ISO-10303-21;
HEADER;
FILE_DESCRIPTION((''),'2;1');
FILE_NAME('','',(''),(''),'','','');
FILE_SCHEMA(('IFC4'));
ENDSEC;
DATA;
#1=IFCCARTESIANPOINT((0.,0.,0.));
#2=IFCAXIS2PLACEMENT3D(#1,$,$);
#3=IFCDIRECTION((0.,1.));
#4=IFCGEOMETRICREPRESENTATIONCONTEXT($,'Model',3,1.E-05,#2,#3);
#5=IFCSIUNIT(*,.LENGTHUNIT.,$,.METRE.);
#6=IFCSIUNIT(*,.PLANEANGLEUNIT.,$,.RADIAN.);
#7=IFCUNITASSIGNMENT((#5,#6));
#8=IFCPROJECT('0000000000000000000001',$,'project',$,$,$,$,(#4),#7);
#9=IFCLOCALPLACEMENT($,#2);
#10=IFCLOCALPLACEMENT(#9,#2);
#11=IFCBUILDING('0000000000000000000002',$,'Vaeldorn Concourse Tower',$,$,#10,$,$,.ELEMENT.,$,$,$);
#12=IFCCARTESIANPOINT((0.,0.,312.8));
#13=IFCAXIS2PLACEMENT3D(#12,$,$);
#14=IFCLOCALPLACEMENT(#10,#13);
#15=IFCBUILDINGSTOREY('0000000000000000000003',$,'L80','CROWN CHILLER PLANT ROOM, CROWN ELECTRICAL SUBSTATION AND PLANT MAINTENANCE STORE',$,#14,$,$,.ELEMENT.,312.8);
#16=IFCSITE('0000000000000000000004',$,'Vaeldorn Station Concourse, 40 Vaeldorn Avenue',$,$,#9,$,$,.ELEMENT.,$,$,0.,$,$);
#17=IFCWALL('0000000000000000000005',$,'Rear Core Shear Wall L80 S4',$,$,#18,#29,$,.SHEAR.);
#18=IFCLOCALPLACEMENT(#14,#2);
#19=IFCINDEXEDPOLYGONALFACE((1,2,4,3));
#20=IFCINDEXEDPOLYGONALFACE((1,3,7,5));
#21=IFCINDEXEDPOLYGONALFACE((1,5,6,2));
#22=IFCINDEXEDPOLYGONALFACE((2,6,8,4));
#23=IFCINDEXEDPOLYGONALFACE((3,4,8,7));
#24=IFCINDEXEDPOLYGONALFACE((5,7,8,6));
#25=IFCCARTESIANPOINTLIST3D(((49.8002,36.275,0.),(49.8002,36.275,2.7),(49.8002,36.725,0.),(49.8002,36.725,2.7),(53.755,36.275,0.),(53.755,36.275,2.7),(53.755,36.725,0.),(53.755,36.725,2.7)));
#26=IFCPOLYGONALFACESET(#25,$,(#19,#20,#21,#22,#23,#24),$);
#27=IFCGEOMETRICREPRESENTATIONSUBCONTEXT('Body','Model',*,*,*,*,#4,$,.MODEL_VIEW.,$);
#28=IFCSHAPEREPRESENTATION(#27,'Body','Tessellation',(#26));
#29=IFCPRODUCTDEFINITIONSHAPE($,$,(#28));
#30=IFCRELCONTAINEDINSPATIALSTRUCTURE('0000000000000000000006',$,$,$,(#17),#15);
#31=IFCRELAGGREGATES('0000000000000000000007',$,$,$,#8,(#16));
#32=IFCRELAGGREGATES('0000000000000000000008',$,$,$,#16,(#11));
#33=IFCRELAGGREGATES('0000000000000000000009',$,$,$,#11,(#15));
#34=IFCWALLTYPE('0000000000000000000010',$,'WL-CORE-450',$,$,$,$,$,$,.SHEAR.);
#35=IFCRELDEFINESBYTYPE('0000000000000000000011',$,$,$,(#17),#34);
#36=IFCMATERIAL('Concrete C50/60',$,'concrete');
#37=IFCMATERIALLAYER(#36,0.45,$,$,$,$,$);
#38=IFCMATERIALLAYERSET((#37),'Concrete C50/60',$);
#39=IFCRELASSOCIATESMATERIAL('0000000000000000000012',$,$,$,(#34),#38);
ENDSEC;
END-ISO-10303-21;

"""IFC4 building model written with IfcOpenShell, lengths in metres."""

from ifc_helpers import new_model, si_unit, direction, frame, frame_2d, origin, place, context, subcontext, project, spatial, rectangle, extrude, material, layer, layer_set, type_object, element, save


model = new_model("IFC4")

# Units and contexts
model_context = context("Model", 3, precision=1e-05, world=origin(), true_north=direction((0.0, 1.0)))
body_context = subcontext(model_context, "Body", "Model", "MODEL_VIEW")
ifc_project = project(units=[si_unit("LENGTHUNIT", "METRE"), si_unit("PLANEANGLEUNIT", "RADIAN")], contexts=[model_context])

# Site, building, storey
site_placement = place(None, origin())
site = spatial("IfcSite", under=ifc_project, at=site_placement, Name="Vaeldorn Station Concourse, 40 Vaeldorn Avenue", CompositionType="ELEMENT", RefElevation=0.0)
building_placement = place(site_placement, origin())
building = spatial("IfcBuilding", under=site, at=building_placement, Name="Vaeldorn Concourse Tower", CompositionType="ELEMENT")
storey_placement = place(building_placement, frame((0.0, 0.0, 312.8)))
storey = spatial("IfcBuildingStorey", under=building, at=storey_placement, Name="L80", Description="CROWN CHILLER PLANT ROOM, CROWN ELECTRICAL SUBSTATION AND PLANT MAINTENANCE STORE", CompositionType="ELEMENT", Elevation=312.8)

# Shared definitions
ifc_material_1 = material(Name="Concrete C50/60", Category="concrete")

# Wall
ifc_layer_1 = layer(ifc_material_1, 0.45)
ifc_layer_set_1 = layer_set([ifc_layer_1], Name="Concrete C50/60")
wall_type_1 = type_object("IfcWallType", Name="WL-CORE-450", PredefinedType="SHEAR", material=ifc_layer_set_1)
wall_1_placement = place(storey_placement, frame((49.8, 36.5, 0.0), z_axis=(0.0, 0.0, 1.0), x_axis=(1.0, 0.0, 0.0)))
element("IfcWall", 1, at=wall_1_placement, inside=storey, type_object=wall_type_1, Name="Rear Core Shear Wall L80 S4", PredefinedType="SHEAR", context=body_context, shape_type="SweptSolid", body=[
    extrude(rectangle(XDim=3.9548, YDim=0.45, at=frame_2d((1.9775, 0.0))), origin(), (0.0, 0.0, 1.0), 2.7),
])

save(model, "model.ifc")
